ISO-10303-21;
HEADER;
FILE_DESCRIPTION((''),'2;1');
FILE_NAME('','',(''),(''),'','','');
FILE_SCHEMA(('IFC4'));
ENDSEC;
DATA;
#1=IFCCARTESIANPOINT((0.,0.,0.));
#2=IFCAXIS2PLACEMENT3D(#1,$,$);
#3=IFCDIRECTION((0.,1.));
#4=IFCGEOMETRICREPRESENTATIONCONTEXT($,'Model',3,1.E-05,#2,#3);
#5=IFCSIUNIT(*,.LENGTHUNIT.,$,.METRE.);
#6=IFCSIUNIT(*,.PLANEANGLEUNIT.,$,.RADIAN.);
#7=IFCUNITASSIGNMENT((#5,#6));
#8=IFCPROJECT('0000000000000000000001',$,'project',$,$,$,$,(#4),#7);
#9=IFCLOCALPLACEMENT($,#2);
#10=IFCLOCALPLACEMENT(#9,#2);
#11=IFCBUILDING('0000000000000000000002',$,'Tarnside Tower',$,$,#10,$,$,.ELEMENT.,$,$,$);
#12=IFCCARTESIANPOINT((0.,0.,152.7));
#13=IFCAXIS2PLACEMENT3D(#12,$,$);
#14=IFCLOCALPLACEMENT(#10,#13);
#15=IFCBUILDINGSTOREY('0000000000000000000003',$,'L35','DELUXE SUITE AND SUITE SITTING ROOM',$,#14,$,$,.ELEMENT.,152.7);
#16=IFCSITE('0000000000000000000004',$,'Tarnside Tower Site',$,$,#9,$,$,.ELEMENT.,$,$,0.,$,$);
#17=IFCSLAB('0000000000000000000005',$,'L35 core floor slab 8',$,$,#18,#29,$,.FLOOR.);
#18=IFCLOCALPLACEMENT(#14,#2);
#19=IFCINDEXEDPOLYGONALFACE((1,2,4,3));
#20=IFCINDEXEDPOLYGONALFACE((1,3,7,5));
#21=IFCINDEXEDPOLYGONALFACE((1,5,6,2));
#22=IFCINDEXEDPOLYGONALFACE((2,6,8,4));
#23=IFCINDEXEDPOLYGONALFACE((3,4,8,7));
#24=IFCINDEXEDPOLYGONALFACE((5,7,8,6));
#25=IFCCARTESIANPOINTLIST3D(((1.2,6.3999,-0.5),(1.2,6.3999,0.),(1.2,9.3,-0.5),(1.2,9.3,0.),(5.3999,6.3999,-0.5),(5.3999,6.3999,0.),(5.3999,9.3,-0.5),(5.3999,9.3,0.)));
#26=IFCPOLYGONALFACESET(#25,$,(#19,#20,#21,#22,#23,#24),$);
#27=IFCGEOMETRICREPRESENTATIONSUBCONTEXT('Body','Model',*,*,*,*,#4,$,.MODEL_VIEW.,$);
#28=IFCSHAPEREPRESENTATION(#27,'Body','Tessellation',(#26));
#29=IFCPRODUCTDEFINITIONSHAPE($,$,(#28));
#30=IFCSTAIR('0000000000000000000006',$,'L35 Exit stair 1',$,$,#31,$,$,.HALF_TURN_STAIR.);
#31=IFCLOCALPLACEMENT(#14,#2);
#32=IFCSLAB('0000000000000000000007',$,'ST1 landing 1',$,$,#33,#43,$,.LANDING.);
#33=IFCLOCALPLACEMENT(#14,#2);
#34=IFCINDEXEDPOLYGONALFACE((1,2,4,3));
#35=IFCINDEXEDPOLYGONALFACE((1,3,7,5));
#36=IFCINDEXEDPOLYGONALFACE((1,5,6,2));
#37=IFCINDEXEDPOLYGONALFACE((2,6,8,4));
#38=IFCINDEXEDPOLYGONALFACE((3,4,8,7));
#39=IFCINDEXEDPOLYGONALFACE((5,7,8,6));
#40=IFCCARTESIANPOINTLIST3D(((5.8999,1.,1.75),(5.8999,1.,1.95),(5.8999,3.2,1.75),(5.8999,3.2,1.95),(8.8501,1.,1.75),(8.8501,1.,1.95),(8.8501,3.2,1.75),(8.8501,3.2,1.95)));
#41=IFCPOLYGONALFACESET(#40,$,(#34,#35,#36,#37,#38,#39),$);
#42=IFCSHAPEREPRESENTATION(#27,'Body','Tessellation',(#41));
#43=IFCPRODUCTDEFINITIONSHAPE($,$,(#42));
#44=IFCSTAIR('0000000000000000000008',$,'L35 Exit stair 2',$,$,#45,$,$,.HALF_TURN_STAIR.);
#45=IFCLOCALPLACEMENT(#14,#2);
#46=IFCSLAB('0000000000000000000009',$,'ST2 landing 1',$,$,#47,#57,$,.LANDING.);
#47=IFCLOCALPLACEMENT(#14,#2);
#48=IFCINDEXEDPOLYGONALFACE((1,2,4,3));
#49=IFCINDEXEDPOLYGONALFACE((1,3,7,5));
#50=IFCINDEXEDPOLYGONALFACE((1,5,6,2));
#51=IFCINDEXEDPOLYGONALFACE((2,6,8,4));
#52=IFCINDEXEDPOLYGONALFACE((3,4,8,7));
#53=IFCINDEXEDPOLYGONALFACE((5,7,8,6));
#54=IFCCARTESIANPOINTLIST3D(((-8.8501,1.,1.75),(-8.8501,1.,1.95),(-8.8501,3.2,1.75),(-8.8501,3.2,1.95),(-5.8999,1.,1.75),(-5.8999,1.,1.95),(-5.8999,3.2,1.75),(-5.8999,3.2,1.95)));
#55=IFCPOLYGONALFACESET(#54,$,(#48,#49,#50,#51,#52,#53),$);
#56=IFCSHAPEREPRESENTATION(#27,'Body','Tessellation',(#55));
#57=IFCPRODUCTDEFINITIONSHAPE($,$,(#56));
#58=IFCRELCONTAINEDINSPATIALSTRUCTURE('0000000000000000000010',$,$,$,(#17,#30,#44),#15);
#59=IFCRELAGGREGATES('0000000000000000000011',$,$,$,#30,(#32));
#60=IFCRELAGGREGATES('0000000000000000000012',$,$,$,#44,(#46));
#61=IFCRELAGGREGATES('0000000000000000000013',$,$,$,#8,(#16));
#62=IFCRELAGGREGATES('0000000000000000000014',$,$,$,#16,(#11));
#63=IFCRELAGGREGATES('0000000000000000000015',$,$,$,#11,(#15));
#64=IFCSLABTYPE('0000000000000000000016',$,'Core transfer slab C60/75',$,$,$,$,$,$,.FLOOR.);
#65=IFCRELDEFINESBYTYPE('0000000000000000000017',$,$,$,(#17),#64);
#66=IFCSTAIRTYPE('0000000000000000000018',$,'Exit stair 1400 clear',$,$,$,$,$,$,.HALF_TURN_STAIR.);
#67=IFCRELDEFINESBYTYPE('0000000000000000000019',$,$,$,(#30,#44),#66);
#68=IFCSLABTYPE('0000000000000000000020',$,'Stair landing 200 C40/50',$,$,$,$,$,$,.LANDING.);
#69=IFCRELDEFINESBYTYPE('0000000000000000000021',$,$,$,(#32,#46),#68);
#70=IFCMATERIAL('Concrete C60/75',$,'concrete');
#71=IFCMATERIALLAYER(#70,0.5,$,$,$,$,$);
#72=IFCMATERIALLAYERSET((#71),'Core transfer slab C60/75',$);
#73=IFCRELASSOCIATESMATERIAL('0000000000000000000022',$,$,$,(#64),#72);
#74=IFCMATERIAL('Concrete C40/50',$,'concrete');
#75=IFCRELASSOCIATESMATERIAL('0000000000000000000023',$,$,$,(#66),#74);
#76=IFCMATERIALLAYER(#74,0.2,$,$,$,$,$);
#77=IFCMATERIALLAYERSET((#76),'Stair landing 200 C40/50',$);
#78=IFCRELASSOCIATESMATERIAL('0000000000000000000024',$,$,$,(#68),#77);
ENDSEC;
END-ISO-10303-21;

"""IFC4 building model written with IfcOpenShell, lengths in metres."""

from ifc_helpers import new_model, si_unit, direction, frame, origin, place, context, subcontext, project, spatial, polyline, outline, extrude, material, layer, layer_set, type_object, element, aggregate, save


model = new_model("IFC4")

# Units and contexts
model_context = context("Model", 3, precision=1e-05, world=origin(), true_north=direction((0.0, 1.0)))
body_context = subcontext(model_context, "Body", "Model", "MODEL_VIEW")
ifc_project = project(units=[si_unit("LENGTHUNIT", "METRE"), si_unit("PLANEANGLEUNIT", "RADIAN")], contexts=[model_context])

# Site, building, storey
site_placement = place(None, origin())
site = spatial("IfcSite", under=ifc_project, at=site_placement, Name="Tarnside Tower Site", CompositionType="ELEMENT", RefElevation=0.0)
building_placement = place(site_placement, origin())
building = spatial("IfcBuilding", under=site, at=building_placement, Name="Tarnside Tower", CompositionType="ELEMENT")
storey_placement = place(building_placement, frame((0.0, 0.0, 152.7)))
storey = spatial("IfcBuildingStorey", under=building, at=storey_placement, Name="L35", Description="DELUXE SUITE AND SUITE SITTING ROOM", CompositionType="ELEMENT", Elevation=152.7)

# Slab
ifc_material_1 = material(Name="Concrete C60/75", Category="concrete")
ifc_layer_1 = layer(ifc_material_1, 0.5)
ifc_layer_set_1 = layer_set([ifc_layer_1], Name="Core transfer slab C60/75")
slab_type_1 = type_object("IfcSlabType", Name="Core transfer slab C60/75", PredefinedType="FLOOR", material=ifc_layer_set_1)
slab_1_placement = place(storey_placement, frame((0.0, 0.0, -0.5)))
element("IfcSlab", 1, at=slab_1_placement, inside=storey, type_object=slab_type_1, Name="L35 core floor slab 8", PredefinedType="FLOOR", context=body_context, shape_type="SweptSolid", body=[
    extrude(outline(polyline([(5.3999, 9.3), (5.3999, 6.3999), (1.2, 6.3999), (1.2, 9.3), (5.3999, 9.3)])), origin(), (0.0, 0.0, 1.0), 0.5),
])

# Stairs, slabs
ifc_material_2 = material(Name="Concrete C40/50", Category="concrete")
stair_type = type_object("IfcStairType", Name="Exit stair 1400 clear", PredefinedType="HALF_TURN_STAIR", material=ifc_material_2)
stair_1_placement = place(storey_placement, origin())
stair_1 = element("IfcStair", 2, at=stair_1_placement, inside=storey, type_object=stair_type, Name="L35 Exit stair 1", PredefinedType="HALF_TURN_STAIR")
ifc_layer_2 = layer(ifc_material_2, 0.2)
ifc_layer_set_2 = layer_set([ifc_layer_2], Name="Stair landing 200 C40/50")
slab_type_2 = type_object("IfcSlabType", Name="Stair landing 200 C40/50", PredefinedType="LANDING", material=ifc_layer_set_2)
slab_2_placement = place(storey_placement, frame((0.0, 0.0, 1.75)))
slab_2 = element("IfcSlab", 3, at=slab_2_placement, type_object=slab_type_2, Name="ST1 landing 1", PredefinedType="LANDING", context=body_context, shape_type="SweptSolid", body=[
    extrude(outline(polyline([(8.8501, 1.0), (8.8501, 3.2), (5.8999, 3.2), (5.8999, 1.0), (8.8501, 1.0)])), origin(), (0.0, 0.0, 1.0), 0.2),
])
aggregate(stair_1, [slab_2])
stair_2_placement = place(storey_placement, origin())
stair_2 = element("IfcStair", 4, at=stair_2_placement, inside=storey, type_object=stair_type, Name="L35 Exit stair 2", PredefinedType="HALF_TURN_STAIR")
slab_3_placement = place(storey_placement, frame((0.0, 0.0, 1.75)))
slab_3 = element("IfcSlab", 5, at=slab_3_placement, type_object=slab_type_2, Name="ST2 landing 1", PredefinedType="LANDING", context=body_context, shape_type="SweptSolid", body=[
    extrude(outline(polyline([(-5.8999, 1.0), (-5.8999, 3.2), (-8.8501, 3.2), (-8.8501, 1.0), (-5.8999, 1.0)])), origin(), (0.0, 0.0, 1.0), 0.2),
])
aggregate(stair_2, [slab_3])

save(model, "model.ifc")
